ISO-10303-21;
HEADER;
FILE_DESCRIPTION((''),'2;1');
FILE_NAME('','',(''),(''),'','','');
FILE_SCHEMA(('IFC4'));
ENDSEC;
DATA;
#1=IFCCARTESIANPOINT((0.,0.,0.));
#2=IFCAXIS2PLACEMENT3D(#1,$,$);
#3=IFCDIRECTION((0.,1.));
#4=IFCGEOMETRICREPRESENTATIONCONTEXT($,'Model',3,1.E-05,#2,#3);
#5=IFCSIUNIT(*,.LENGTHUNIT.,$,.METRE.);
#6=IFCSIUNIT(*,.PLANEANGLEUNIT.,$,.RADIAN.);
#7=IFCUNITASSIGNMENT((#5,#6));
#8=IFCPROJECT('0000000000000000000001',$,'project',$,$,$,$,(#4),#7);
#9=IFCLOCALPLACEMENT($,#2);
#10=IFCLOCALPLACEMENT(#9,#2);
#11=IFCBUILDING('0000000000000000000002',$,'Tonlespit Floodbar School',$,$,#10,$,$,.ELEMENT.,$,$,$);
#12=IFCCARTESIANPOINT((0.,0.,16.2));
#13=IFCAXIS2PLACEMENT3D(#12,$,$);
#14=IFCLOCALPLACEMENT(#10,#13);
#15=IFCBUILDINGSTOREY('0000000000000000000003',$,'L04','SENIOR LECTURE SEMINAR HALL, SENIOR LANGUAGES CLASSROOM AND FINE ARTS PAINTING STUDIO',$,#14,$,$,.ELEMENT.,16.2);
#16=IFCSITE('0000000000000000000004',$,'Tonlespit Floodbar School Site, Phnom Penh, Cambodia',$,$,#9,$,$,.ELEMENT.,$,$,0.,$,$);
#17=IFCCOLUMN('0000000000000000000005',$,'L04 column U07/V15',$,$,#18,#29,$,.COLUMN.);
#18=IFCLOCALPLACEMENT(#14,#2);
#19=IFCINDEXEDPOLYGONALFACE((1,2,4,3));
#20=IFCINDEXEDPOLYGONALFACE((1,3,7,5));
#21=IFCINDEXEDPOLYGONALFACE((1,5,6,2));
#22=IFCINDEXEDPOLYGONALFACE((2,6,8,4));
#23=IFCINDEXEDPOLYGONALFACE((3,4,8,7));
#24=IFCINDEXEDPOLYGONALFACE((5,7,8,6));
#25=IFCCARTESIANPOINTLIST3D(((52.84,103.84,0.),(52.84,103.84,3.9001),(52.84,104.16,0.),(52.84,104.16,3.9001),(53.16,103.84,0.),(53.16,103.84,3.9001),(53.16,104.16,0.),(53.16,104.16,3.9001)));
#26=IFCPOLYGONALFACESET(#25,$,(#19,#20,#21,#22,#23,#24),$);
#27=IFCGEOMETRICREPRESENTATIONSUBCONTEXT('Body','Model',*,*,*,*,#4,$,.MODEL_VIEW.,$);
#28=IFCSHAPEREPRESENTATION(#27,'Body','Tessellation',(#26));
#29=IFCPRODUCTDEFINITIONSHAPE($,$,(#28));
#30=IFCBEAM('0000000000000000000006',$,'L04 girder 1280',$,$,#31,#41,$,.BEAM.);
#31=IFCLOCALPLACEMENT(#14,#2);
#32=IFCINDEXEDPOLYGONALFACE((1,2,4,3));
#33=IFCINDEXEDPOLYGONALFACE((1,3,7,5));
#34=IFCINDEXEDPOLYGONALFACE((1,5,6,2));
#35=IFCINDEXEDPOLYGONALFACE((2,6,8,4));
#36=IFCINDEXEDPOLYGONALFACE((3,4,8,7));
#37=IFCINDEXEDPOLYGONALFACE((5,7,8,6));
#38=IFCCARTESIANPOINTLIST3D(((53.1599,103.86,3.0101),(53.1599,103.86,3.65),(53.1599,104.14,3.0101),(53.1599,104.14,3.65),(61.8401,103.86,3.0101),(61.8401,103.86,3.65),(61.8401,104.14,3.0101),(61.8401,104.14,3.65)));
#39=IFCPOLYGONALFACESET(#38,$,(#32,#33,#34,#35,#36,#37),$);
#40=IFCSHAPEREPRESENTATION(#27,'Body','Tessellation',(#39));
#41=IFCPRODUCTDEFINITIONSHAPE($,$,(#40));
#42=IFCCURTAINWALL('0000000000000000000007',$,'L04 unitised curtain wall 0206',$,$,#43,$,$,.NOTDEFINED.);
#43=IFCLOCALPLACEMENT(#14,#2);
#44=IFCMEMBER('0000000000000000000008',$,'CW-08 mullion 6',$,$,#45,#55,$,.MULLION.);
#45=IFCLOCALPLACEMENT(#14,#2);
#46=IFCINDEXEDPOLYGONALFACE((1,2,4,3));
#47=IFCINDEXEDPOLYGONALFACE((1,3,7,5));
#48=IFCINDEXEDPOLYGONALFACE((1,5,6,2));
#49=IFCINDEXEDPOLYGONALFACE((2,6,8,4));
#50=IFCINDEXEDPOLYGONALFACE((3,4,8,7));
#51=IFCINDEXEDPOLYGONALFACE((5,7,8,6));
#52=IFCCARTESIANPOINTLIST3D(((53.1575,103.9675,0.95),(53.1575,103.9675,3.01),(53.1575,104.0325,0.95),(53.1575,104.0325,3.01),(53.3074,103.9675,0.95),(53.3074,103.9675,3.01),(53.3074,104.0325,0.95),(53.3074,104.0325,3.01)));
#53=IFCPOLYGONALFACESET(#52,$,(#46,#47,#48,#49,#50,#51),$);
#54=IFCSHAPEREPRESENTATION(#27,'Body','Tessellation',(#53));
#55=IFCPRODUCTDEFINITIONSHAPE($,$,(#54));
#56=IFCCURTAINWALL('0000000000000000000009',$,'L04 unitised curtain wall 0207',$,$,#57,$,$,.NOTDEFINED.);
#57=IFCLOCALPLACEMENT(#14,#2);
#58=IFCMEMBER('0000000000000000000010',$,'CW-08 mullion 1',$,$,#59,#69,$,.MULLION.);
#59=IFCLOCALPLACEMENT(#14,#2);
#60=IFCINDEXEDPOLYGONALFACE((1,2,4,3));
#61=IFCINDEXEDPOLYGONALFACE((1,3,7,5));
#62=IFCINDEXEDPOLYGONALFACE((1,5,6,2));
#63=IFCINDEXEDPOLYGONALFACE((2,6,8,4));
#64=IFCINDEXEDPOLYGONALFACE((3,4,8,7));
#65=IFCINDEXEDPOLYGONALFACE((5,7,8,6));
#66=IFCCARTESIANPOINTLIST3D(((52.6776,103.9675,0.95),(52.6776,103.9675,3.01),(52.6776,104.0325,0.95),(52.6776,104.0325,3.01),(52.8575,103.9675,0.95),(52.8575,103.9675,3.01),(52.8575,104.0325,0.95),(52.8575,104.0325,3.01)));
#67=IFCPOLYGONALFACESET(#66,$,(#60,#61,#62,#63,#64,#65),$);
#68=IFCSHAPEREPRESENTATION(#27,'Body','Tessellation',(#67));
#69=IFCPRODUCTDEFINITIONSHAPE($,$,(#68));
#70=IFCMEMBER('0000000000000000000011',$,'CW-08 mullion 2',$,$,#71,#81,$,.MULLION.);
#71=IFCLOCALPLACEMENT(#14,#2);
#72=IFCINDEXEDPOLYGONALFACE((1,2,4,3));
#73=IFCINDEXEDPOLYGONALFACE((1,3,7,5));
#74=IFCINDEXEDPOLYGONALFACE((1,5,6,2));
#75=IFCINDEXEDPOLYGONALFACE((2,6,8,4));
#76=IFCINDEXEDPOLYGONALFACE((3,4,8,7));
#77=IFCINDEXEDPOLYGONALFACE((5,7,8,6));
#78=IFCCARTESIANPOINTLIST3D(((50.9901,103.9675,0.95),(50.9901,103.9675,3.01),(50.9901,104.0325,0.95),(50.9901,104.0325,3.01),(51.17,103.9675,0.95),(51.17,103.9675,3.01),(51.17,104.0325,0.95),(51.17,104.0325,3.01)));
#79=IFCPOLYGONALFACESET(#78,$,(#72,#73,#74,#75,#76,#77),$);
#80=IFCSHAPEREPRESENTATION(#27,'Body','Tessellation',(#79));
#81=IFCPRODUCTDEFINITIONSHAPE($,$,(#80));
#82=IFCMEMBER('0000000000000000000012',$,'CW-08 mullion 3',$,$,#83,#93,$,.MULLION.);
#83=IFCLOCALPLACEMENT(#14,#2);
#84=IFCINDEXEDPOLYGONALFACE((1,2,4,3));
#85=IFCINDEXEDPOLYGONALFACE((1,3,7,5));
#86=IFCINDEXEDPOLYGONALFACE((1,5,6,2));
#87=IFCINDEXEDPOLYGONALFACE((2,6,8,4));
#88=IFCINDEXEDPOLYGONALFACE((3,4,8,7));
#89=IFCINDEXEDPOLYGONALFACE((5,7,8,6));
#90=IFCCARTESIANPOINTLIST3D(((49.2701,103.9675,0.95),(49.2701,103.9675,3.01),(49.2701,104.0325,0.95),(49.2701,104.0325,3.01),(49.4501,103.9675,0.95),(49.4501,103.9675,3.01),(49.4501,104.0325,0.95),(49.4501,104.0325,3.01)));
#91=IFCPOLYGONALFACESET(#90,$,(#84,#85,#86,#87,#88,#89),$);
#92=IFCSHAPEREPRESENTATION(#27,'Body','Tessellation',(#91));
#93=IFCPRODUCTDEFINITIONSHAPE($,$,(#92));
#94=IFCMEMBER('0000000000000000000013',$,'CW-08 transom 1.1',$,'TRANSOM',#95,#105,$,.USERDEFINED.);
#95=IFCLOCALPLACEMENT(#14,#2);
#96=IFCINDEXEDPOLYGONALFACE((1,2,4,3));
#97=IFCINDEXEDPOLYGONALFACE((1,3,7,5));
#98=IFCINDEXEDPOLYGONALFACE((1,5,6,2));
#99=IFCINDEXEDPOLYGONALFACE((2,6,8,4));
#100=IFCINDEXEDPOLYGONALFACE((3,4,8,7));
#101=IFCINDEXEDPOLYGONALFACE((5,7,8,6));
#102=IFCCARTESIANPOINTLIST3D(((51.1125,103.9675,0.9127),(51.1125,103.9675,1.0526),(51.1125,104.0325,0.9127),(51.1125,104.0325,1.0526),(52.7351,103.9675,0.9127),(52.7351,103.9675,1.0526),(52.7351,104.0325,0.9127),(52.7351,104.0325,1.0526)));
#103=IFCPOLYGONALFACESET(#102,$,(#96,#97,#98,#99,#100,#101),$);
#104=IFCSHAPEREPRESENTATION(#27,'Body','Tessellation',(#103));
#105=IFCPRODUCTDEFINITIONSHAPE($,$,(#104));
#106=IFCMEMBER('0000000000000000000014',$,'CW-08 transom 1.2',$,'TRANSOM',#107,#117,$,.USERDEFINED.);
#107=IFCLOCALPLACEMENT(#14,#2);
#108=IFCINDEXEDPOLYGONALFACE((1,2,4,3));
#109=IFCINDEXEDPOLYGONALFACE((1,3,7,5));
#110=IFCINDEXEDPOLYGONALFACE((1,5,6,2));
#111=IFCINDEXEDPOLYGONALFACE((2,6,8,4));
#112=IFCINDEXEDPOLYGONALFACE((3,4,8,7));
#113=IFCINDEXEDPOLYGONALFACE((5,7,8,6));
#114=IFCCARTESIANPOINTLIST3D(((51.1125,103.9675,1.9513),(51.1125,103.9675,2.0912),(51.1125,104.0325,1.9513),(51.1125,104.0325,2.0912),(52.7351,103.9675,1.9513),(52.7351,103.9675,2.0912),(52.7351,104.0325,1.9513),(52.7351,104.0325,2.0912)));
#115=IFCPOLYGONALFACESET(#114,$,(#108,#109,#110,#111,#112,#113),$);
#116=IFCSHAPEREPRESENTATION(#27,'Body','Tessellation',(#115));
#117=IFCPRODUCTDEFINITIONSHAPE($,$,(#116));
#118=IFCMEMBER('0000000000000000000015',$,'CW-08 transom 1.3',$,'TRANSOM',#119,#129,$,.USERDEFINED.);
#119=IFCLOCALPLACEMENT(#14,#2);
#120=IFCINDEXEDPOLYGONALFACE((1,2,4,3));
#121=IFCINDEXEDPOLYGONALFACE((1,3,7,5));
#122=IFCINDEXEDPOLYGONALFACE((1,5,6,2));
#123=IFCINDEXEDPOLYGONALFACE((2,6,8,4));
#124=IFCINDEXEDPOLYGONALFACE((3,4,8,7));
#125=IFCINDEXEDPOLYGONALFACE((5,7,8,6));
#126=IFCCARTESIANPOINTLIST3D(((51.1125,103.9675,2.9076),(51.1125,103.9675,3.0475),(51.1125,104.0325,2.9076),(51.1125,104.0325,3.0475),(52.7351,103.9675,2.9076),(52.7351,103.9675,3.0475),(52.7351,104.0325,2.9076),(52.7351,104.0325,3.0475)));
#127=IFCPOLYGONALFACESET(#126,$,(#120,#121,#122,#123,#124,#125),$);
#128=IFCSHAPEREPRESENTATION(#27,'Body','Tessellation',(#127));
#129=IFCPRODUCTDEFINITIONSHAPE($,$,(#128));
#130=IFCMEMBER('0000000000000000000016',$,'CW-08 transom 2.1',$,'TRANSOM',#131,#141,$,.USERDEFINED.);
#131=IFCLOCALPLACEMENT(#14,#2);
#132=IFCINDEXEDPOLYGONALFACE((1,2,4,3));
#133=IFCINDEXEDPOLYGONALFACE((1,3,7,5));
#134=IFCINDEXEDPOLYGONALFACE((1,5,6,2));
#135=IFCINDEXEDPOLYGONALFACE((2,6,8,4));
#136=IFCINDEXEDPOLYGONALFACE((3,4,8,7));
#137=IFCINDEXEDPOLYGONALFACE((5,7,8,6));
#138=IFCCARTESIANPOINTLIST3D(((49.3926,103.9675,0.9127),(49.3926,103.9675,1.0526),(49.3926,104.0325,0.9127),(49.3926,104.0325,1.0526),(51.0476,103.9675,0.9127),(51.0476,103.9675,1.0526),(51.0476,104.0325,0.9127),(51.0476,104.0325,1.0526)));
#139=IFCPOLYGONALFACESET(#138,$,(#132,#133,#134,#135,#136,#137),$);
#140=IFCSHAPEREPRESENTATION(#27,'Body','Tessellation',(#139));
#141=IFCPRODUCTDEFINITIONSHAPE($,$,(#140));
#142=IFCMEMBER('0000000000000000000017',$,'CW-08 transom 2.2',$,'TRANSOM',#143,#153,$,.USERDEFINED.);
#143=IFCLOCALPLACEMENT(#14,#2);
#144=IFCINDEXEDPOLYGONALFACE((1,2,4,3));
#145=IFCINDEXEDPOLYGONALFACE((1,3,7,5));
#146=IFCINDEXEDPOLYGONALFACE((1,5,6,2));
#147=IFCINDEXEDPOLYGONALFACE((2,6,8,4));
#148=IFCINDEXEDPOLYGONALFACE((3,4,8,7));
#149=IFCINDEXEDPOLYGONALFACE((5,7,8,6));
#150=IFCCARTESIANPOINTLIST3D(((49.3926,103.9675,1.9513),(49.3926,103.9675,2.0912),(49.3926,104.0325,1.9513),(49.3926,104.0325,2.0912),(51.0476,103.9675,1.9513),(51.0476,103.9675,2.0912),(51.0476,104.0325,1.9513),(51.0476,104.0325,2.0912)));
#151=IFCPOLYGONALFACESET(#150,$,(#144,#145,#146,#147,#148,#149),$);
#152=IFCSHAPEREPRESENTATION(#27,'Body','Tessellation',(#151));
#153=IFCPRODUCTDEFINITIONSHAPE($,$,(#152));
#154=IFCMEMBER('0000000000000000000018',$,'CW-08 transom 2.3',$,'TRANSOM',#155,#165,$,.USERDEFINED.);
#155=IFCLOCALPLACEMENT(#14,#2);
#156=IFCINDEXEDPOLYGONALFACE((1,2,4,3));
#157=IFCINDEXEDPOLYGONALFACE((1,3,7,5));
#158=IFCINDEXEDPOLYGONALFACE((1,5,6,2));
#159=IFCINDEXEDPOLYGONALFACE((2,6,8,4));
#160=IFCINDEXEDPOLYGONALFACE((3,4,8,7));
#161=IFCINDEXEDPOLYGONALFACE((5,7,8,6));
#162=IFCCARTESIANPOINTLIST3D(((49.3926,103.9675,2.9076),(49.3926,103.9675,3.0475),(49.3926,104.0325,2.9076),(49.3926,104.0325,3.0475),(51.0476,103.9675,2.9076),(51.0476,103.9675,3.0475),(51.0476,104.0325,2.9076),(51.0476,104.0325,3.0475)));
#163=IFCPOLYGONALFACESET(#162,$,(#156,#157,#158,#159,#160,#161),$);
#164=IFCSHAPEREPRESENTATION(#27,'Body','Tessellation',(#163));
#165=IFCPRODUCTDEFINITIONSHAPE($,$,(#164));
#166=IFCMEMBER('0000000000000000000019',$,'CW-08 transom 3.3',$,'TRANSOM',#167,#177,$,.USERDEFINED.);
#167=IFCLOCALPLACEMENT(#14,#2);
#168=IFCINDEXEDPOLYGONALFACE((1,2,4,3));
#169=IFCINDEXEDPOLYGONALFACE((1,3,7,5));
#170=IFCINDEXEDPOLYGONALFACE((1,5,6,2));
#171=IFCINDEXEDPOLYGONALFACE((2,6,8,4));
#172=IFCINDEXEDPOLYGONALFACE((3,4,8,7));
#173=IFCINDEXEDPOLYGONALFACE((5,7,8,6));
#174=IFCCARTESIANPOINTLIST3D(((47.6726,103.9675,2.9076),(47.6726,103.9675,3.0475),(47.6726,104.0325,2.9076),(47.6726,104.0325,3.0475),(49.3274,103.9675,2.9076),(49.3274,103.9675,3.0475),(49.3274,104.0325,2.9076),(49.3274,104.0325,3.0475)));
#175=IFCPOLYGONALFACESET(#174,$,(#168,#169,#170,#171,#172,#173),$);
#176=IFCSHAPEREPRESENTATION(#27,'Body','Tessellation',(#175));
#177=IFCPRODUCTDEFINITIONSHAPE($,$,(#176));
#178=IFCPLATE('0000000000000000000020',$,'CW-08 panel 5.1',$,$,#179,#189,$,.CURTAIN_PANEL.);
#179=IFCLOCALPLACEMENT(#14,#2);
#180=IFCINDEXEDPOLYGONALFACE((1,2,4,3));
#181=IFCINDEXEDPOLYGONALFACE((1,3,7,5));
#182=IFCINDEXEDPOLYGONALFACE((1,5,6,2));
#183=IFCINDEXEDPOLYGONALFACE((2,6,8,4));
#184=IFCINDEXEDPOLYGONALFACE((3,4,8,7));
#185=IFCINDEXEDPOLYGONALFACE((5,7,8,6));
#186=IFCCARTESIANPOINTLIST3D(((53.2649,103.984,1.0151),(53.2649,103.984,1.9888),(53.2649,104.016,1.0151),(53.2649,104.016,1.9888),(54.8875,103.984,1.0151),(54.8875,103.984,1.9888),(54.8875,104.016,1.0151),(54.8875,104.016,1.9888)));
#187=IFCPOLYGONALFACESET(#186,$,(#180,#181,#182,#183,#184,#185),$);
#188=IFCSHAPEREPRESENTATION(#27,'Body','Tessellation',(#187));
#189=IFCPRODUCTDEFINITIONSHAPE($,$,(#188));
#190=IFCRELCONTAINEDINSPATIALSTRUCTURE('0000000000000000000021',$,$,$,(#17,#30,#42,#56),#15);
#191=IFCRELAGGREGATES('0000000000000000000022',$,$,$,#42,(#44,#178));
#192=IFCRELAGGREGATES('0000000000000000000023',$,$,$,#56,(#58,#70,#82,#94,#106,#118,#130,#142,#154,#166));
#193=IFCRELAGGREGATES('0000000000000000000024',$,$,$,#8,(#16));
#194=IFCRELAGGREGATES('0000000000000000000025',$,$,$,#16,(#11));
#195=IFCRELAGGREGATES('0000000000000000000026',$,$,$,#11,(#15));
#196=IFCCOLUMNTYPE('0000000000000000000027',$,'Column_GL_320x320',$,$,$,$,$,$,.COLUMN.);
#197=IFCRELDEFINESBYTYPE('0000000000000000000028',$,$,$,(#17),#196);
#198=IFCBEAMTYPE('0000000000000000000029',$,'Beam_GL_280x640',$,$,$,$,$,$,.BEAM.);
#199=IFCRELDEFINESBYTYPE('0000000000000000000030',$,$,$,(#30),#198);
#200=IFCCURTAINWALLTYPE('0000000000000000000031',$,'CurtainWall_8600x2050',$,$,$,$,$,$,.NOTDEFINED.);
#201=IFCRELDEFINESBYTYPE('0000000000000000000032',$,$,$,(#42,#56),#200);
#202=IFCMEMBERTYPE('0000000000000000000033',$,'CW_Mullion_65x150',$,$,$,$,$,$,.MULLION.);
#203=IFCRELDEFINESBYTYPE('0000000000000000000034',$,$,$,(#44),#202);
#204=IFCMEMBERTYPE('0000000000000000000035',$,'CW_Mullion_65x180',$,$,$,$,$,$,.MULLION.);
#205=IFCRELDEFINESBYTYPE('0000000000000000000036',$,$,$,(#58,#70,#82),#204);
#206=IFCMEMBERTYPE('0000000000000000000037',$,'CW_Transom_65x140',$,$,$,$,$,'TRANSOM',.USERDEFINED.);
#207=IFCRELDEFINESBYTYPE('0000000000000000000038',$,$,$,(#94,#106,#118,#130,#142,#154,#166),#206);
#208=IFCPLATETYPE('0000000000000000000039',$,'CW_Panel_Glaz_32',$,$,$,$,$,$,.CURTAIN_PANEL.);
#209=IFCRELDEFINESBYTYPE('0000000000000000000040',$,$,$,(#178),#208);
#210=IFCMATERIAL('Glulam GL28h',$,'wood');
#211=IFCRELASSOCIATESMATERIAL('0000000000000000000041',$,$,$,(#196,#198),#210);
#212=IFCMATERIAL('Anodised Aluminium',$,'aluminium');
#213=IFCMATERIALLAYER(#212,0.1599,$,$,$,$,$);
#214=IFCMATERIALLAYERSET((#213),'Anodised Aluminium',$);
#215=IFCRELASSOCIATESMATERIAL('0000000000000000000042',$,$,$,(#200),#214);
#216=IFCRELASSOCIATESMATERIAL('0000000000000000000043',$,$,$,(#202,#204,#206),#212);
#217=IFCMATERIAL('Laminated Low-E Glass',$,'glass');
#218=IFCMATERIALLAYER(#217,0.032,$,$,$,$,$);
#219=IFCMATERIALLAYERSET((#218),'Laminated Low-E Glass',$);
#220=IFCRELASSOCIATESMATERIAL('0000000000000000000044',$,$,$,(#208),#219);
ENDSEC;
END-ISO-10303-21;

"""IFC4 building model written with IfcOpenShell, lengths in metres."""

from ifc_helpers import new_model, si_unit, direction, frame, origin, origin_2d, place, context, subcontext, project, spatial, rectangle, extrude, material, layer, layer_set, material_profile, profile_set, type_object, element, aggregate, save


model = new_model("IFC4")

# Units and contexts
model_context = context("Model", 3, precision=1e-05, world=origin(), true_north=direction((0.0, 1.0)))
body_context = subcontext(model_context, "Body", "Model", "MODEL_VIEW")
ifc_project = project(units=[si_unit("LENGTHUNIT", "METRE"), si_unit("PLANEANGLEUNIT", "RADIAN")], contexts=[model_context])

# Site, building, storey
site_placement = place(None, origin())
site = spatial("IfcSite", under=ifc_project, at=site_placement, Name="Tonlespit Floodbar School Site, Phnom Penh, Cambodia", CompositionType="ELEMENT", RefElevation=0.0)
building_placement = place(site_placement, origin())
building = spatial("IfcBuilding", under=site, at=building_placement, Name="Tonlespit Floodbar School", CompositionType="ELEMENT")
storey_placement = place(building_placement, frame((0.0, 0.0, 16.2)))
storey = spatial("IfcBuildingStorey", under=building, at=storey_placement, Name="L04", Description="SENIOR LECTURE SEMINAR HALL, SENIOR LANGUAGES CLASSROOM AND FINE ARTS PAINTING STUDIO", CompositionType="ELEMENT", Elevation=16.2)

# Column
ifc_material_1 = material(Name="Glulam GL28h", Category="wood")
ifc_material_profile_1 = material_profile(ifc_material_1, rectangle(XDim=0.3201, YDim=0.3201, at=origin_2d()), Name="GL 320x320")
ifc_profile_set_1 = profile_set([ifc_material_profile_1], Name="Glulam GL28h")
column_type = type_object("IfcColumnType", Name="Column_GL_320x320", PredefinedType="COLUMN", material=ifc_profile_set_1)
column_placement = place(storey_placement, frame((53.0, 104.0, 0.0), z_axis=(0.0, 0.0, 1.0), x_axis=(1.0, 0.0, 0.0)))
element("IfcColumn", 1, at=column_placement, inside=storey, type_object=column_type, Name="L04 column U07/V15", PredefinedType="COLUMN", context=body_context, shape_type="SweptSolid", body=[
    extrude(rectangle(XDim=0.3201, YDim=0.3201, at=origin_2d()), origin(), (0.0, 0.0, 1.0), 3.9001),
])

# Beam
ifc_material_profile_2 = material_profile(ifc_material_1, rectangle(XDim=0.28, YDim=0.6399, at=origin_2d()), Name="GL 280x640")
ifc_profile_set_2 = profile_set([ifc_material_profile_2], Name="Glulam GL28h")
beam_type = type_object("IfcBeamType", Name="Beam_GL_280x640", PredefinedType="BEAM", material=ifc_profile_set_2)
beam_placement = place(storey_placement, frame((53.1599, 104.0, 3.3301), z_axis=(1.0, 0.0, 0.0), x_axis=(0.0, 1.0, 0.0)))
element("IfcBeam", 2, at=beam_placement, inside=storey, type_object=beam_type, Name="L04 girder 1280", PredefinedType="BEAM", context=body_context, shape_type="SweptSolid", body=[
    extrude(rectangle(XDim=0.28, YDim=0.6399, at=origin_2d()), origin(), (0.0, 0.0, 1.0), 8.6802),
])

# Curtain wall, member
ifc_material_2 = material(Name="Anodised Aluminium", Category="aluminium")
ifc_layer_1 = layer(ifc_material_2, 0.1599)
ifc_layer_set_1 = layer_set([ifc_layer_1], Name="Anodised Aluminium")
curtain_wall_type = type_object("IfcCurtainWallType", Name="CurtainWall_8600x2050", PredefinedType="NOTDEFINED", material=ifc_layer_set_1)
curtain_wall_1_placement = place(storey_placement, origin())
curtain_wall_1 = element("IfcCurtainWall", 3, at=curtain_wall_1_placement, inside=storey, type_object=curtain_wall_type, Name="L04 unitised curtain wall 0206", PredefinedType="NOTDEFINED")
ifc_material_profile_3 = material_profile(ifc_material_2, rectangle(XDim=0.0649, YDim=0.1499, at=origin_2d()), Name="ALU M65x150")
ifc_profile_set_3 = profile_set([ifc_material_profile_3], Name="Anodised Aluminium")
member_type_1 = type_object("IfcMemberType", Name="CW_Mullion_65x150", PredefinedType="MULLION", material=ifc_profile_set_3)
member_1_placement = place(storey_placement, frame((53.2324, 104.0, 0.95), z_axis=(0.0, 0.0, 1.0), x_axis=(0.0, -1.0, 0.0)))
member_1 = element("IfcMember", 4, at=member_1_placement, type_object=member_type_1, Name="CW-08 mullion 6", PredefinedType="MULLION", context=body_context, shape_type="SweptSolid", body=[
    extrude(rectangle(XDim=0.0649, YDim=0.1499, at=origin_2d()), origin(), (0.0, 0.0, 1.0), 2.0601),
])

# Curtain wall, members
curtain_wall_2_placement = place(storey_placement, origin())
curtain_wall_2 = element("IfcCurtainWall", 5, at=curtain_wall_2_placement, inside=storey, type_object=curtain_wall_type, Name="L04 unitised curtain wall 0207", PredefinedType="NOTDEFINED")
ifc_material_profile_4 = material_profile(ifc_material_2, rectangle(XDim=0.0649, YDim=0.1799, at=origin_2d()), Name="ALU M65x180")
ifc_profile_set_4 = profile_set([ifc_material_profile_4], Name="Anodised Aluminium")
member_type_2 = type_object("IfcMemberType", Name="CW_Mullion_65x180", PredefinedType="MULLION", material=ifc_profile_set_4)
member_2_placement = place(storey_placement, frame((52.7676, 104.0, 0.95), z_axis=(0.0, 0.0, 1.0), x_axis=(0.0, -1.0, 0.0)))
member_2 = element("IfcMember", 6, at=member_2_placement, type_object=member_type_2, Name="CW-08 mullion 1", PredefinedType="MULLION", context=body_context, shape_type="SweptSolid", body=[
    extrude(rectangle(XDim=0.0649, YDim=0.1799, at=origin_2d()), origin(), (0.0, 0.0, 1.0), 2.0601),
])
member_3_placement = place(storey_placement, frame((51.0801, 104.0, 0.95), z_axis=(0.0, 0.0, 1.0), x_axis=(0.0, -1.0, 0.0)))
member_3 = element("IfcMember", 7, at=member_3_placement, type_object=member_type_2, Name="CW-08 mullion 2", PredefinedType="MULLION", context=body_context, shape_type="SweptSolid", body=[
    extrude(rectangle(XDim=0.0649, YDim=0.1799, at=origin_2d()), origin(), (0.0, 0.0, 1.0), 2.0601),
])
member_4_placement = place(storey_placement, frame((49.3601, 104.0, 0.95), z_axis=(0.0, 0.0, 1.0), x_axis=(0.0, -1.0, 0.0)))
member_4 = element("IfcMember", 8, at=member_4_placement, type_object=member_type_2, Name="CW-08 mullion 3", PredefinedType="MULLION", context=body_context, shape_type="SweptSolid", body=[
    extrude(rectangle(XDim=0.0649, YDim=0.1799, at=origin_2d()), origin(), (0.0, 0.0, 1.0), 2.0601),
])
ifc_material_profile_5 = material_profile(ifc_material_2, rectangle(XDim=0.0649, YDim=0.1399, at=origin_2d()), Name="ALU T65x140")
ifc_profile_set_5 = profile_set([ifc_material_profile_5], Name="Anodised Aluminium")
member_type_3 = type_object("IfcMemberType", Name="CW_Transom_65x140", ElementType="TRANSOM", PredefinedType="USERDEFINED", material=ifc_profile_set_5)
member_5_placement = place(storey_placement, frame((52.7351, 104.0, 0.9827), z_axis=(-1.0, 0.0, 0.0), x_axis=(0.0, -1.0, 0.0)))
member_5 = element("IfcMember", 9, at=member_5_placement, type_object=member_type_3, Name="CW-08 transom 1.1", ObjectType="TRANSOM", PredefinedType="USERDEFINED", context=body_context, shape_type="SweptSolid", body=[
    extrude(rectangle(XDim=0.0649, YDim=0.1399, at=origin_2d()), origin(), (0.0, 0.0, 1.0), 1.6226),
])
member_6_placement = place(storey_placement, frame((52.7351, 104.0, 2.0212), z_axis=(-1.0, 0.0, 0.0), x_axis=(0.0, -1.0, 0.0)))
member_6 = element("IfcMember", 10, at=member_6_placement, type_object=member_type_3, Name="CW-08 transom 1.2", ObjectType="TRANSOM", PredefinedType="USERDEFINED", context=body_context, shape_type="SweptSolid", body=[
    extrude(rectangle(XDim=0.0649, YDim=0.1399, at=origin_2d()), origin(), (0.0, 0.0, 1.0), 1.6226),
])
member_7_placement = place(storey_placement, frame((52.7351, 104.0, 2.9775), z_axis=(-1.0, 0.0, 0.0), x_axis=(0.0, -1.0, 0.0)))
member_7 = element("IfcMember", 11, at=member_7_placement, type_object=member_type_3, Name="CW-08 transom 1.3", ObjectType="TRANSOM", PredefinedType="USERDEFINED", context=body_context, shape_type="SweptSolid", body=[
    extrude(rectangle(XDim=0.0649, YDim=0.1399, at=origin_2d()), origin(), (0.0, 0.0, 1.0), 1.6226),
])
member_8_placement = place(storey_placement, frame((51.0476, 104.0, 0.9827), z_axis=(-1.0, 0.0, 0.0), x_axis=(0.0, -1.0, 0.0)))
member_8 = element("IfcMember", 12, at=member_8_placement, type_object=member_type_3, Name="CW-08 transom 2.1", ObjectType="TRANSOM", PredefinedType="USERDEFINED", context=body_context, shape_type="SweptSolid", body=[
    extrude(rectangle(XDim=0.0649, YDim=0.1399, at=origin_2d()), origin(), (0.0, 0.0, 1.0), 1.655),
])
member_9_placement = place(storey_placement, frame((51.0476, 104.0, 2.0212), z_axis=(-1.0, 0.0, 0.0), x_axis=(0.0, -1.0, 0.0)))
member_9 = element("IfcMember", 13, at=member_9_placement, type_object=member_type_3, Name="CW-08 transom 2.2", ObjectType="TRANSOM", PredefinedType="USERDEFINED", context=body_context, shape_type="SweptSolid", body=[
    extrude(rectangle(XDim=0.0649, YDim=0.1399, at=origin_2d()), origin(), (0.0, 0.0, 1.0), 1.655),
])
member_10_placement = place(storey_placement, frame((51.0476, 104.0, 2.9775), z_axis=(-1.0, 0.0, 0.0), x_axis=(0.0, -1.0, 0.0)))
member_10 = element("IfcMember", 14, at=member_10_placement, type_object=member_type_3, Name="CW-08 transom 2.3", ObjectType="TRANSOM", PredefinedType="USERDEFINED", context=body_context, shape_type="SweptSolid", body=[
    extrude(rectangle(XDim=0.0649, YDim=0.1399, at=origin_2d()), origin(), (0.0, 0.0, 1.0), 1.655),
])
member_11_placement = place(storey_placement, frame((49.3274, 104.0, 2.9775), z_axis=(-1.0, 0.0, 0.0), x_axis=(0.0, -1.0, 0.0)))
member_11 = element("IfcMember", 15, at=member_11_placement, type_object=member_type_3, Name="CW-08 transom 3.3", ObjectType="TRANSOM", PredefinedType="USERDEFINED", context=body_context, shape_type="SweptSolid", body=[
    extrude(rectangle(XDim=0.0649, YDim=0.1399, at=origin_2d()), origin(), (0.0, 0.0, 1.0), 1.6548),
])

# Plate
ifc_material_3 = material(Name="Laminated Low-E Glass", Category="glass")
ifc_layer_2 = layer(ifc_material_3, 0.032)
ifc_layer_set_2 = layer_set([ifc_layer_2], Name="Laminated Low-E Glass")
plate_type_1 = type_object("IfcPlateType", Name="CW_Panel_Glaz_32", PredefinedType="CURTAIN_PANEL", material=ifc_layer_set_2)
plate_1_placement = place(storey_placement, frame((54.0762, 104.0, 1.0151), z_axis=(0.0, 0.0, 1.0), x_axis=(-1.0, 0.0, 0.0)))
plate_1 = element("IfcPlate", 16, at=plate_1_placement, type_object=plate_type_1, Name="CW-08 panel 5.1", PredefinedType="CURTAIN_PANEL", context=body_context, shape_type="SweptSolid", body=[
    extrude(rectangle(XDim=1.6226, YDim=0.032, at=origin_2d()), origin(), (0.0, 0.0, 1.0), 0.9736),
])
aggregate(curtain_wall_1, [member_1, plate_1])
aggregate(curtain_wall_2, [member_2, member_3, member_4, member_5, member_6, member_7, member_8, member_9, member_10, member_11])

save(model, "model.ifc")
